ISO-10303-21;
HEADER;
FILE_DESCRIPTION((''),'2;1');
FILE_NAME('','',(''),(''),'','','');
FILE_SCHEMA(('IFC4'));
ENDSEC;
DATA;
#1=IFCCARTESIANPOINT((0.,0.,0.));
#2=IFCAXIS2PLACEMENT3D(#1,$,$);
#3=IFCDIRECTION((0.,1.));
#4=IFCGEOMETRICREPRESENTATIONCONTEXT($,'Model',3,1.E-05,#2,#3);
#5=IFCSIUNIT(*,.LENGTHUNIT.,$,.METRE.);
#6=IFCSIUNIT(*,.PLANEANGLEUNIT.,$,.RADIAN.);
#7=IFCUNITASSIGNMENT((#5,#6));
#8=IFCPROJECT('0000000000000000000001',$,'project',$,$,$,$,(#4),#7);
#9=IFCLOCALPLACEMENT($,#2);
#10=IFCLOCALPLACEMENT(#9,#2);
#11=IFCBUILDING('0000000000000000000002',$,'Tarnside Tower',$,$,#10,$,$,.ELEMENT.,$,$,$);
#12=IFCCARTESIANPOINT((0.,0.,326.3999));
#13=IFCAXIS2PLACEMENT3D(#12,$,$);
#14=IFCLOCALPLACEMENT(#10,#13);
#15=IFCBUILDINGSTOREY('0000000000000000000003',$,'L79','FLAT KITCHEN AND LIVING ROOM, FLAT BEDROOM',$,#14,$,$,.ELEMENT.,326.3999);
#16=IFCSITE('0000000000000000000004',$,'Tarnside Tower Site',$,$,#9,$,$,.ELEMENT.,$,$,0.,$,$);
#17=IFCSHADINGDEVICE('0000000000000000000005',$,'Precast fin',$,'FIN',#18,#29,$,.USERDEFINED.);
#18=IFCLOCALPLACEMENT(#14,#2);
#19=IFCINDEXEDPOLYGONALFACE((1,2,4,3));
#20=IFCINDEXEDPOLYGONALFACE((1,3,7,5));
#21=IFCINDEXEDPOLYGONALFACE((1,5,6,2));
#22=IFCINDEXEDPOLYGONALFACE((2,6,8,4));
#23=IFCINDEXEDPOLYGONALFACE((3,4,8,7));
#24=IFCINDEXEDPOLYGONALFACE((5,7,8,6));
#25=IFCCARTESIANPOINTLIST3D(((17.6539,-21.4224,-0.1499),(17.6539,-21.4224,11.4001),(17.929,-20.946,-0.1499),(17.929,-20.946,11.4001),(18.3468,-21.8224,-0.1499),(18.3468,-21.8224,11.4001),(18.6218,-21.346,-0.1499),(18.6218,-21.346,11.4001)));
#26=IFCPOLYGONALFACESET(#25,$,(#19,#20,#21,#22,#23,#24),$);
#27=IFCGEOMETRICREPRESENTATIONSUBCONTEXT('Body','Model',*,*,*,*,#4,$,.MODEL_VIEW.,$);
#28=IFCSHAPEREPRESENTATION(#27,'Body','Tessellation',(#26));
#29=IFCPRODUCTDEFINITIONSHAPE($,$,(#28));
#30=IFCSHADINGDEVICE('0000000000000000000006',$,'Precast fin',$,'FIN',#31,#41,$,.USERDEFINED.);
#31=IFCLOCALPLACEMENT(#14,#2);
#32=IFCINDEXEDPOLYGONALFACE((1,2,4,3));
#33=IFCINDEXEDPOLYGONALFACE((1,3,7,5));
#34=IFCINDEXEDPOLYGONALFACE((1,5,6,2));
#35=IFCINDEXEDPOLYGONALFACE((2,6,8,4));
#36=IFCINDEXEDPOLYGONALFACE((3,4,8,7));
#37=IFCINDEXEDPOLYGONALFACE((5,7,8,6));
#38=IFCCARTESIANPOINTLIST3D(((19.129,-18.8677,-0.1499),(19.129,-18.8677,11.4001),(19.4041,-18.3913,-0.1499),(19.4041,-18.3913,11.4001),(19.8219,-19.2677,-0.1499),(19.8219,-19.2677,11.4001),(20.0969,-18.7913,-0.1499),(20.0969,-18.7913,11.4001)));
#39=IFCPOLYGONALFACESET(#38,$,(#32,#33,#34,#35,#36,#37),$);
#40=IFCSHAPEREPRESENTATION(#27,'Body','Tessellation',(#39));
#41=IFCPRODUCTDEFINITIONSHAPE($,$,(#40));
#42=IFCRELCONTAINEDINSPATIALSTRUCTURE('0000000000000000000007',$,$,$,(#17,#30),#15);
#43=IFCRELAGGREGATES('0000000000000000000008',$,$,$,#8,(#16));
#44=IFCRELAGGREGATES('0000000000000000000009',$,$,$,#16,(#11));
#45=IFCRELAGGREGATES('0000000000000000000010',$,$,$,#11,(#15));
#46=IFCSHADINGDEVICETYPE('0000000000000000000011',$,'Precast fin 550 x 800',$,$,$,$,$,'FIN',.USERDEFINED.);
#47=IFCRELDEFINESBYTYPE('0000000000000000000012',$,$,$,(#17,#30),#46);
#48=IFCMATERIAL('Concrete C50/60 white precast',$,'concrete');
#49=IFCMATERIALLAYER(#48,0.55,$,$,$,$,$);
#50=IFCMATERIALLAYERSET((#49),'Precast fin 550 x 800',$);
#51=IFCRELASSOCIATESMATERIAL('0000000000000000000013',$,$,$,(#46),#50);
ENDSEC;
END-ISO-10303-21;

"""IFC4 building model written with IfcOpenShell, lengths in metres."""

from ifc_helpers import new_model, si_unit, direction, frame, origin, place, context, subcontext, project, spatial, polyline, outline, extrude, material, layer, layer_set, type_object, element, save


model = new_model("IFC4")

# Units and contexts
model_context = context("Model", 3, precision=1e-05, world=origin(), true_north=direction((0.0, 1.0)))
body_context = subcontext(model_context, "Body", "Model", "MODEL_VIEW")
ifc_project = project(units=[si_unit("LENGTHUNIT", "METRE"), si_unit("PLANEANGLEUNIT", "RADIAN")], contexts=[model_context])

# Site, building, storey
site_placement = place(None, origin())
site = spatial("IfcSite", under=ifc_project, at=site_placement, Name="Tarnside Tower Site", CompositionType="ELEMENT", RefElevation=0.0)
building_placement = place(site_placement, origin())
building = spatial("IfcBuilding", under=site, at=building_placement, Name="Tarnside Tower", CompositionType="ELEMENT")
storey_placement = place(building_placement, frame((0.0, 0.0, 326.3999)))
storey = spatial("IfcBuildingStorey", under=building, at=storey_placement, Name="L79", Description="FLAT KITCHEN AND LIVING ROOM, FLAT BEDROOM", CompositionType="ELEMENT", Elevation=326.3999)

# Shading devices
ifc_material_1 = material(Name="Concrete C50/60 white precast", Category="concrete")
ifc_layer_1 = layer(ifc_material_1, 0.55)
ifc_layer_set_1 = layer_set([ifc_layer_1], Name="Precast fin 550 x 800")
shading_device_type_1 = type_object("IfcShadingDeviceType", Name="Precast fin 550 x 800", ElementType="FIN", PredefinedType="USERDEFINED", material=ifc_layer_set_1)
for number, where, z_axis, x_axis, name in (
    (1, (17.7915, -21.1841, -0.1499), (-0.5, -0.866025, 0.0), (0.866025, -0.5, 0.0), "Precast fin"),
    (2, (19.2666, -18.6294, -0.1499), (-0.5, -0.866025, 0.0), (0.866025, -0.5, 0.0), "Precast fin"),
):
    element("IfcShadingDevice", number, at=place(storey_placement, frame(where, z_axis=z_axis, x_axis=x_axis)), inside=storey, type_object=shading_device_type_1, Name=name, ObjectType="FIN", PredefinedType="USERDEFINED", context=body_context, shape_type="SweptSolid", body=[
        extrude(outline(polyline([(0.0, 0.0), (0.8, 0.0), (0.8, 11.55), (0.0, 11.55), (0.0, 0.0)])), frame((0.0, 0.0, -0.2749)), (0.0, 0.0, 1.0), 0.55),
    ])

save(model, "model.ifc")
